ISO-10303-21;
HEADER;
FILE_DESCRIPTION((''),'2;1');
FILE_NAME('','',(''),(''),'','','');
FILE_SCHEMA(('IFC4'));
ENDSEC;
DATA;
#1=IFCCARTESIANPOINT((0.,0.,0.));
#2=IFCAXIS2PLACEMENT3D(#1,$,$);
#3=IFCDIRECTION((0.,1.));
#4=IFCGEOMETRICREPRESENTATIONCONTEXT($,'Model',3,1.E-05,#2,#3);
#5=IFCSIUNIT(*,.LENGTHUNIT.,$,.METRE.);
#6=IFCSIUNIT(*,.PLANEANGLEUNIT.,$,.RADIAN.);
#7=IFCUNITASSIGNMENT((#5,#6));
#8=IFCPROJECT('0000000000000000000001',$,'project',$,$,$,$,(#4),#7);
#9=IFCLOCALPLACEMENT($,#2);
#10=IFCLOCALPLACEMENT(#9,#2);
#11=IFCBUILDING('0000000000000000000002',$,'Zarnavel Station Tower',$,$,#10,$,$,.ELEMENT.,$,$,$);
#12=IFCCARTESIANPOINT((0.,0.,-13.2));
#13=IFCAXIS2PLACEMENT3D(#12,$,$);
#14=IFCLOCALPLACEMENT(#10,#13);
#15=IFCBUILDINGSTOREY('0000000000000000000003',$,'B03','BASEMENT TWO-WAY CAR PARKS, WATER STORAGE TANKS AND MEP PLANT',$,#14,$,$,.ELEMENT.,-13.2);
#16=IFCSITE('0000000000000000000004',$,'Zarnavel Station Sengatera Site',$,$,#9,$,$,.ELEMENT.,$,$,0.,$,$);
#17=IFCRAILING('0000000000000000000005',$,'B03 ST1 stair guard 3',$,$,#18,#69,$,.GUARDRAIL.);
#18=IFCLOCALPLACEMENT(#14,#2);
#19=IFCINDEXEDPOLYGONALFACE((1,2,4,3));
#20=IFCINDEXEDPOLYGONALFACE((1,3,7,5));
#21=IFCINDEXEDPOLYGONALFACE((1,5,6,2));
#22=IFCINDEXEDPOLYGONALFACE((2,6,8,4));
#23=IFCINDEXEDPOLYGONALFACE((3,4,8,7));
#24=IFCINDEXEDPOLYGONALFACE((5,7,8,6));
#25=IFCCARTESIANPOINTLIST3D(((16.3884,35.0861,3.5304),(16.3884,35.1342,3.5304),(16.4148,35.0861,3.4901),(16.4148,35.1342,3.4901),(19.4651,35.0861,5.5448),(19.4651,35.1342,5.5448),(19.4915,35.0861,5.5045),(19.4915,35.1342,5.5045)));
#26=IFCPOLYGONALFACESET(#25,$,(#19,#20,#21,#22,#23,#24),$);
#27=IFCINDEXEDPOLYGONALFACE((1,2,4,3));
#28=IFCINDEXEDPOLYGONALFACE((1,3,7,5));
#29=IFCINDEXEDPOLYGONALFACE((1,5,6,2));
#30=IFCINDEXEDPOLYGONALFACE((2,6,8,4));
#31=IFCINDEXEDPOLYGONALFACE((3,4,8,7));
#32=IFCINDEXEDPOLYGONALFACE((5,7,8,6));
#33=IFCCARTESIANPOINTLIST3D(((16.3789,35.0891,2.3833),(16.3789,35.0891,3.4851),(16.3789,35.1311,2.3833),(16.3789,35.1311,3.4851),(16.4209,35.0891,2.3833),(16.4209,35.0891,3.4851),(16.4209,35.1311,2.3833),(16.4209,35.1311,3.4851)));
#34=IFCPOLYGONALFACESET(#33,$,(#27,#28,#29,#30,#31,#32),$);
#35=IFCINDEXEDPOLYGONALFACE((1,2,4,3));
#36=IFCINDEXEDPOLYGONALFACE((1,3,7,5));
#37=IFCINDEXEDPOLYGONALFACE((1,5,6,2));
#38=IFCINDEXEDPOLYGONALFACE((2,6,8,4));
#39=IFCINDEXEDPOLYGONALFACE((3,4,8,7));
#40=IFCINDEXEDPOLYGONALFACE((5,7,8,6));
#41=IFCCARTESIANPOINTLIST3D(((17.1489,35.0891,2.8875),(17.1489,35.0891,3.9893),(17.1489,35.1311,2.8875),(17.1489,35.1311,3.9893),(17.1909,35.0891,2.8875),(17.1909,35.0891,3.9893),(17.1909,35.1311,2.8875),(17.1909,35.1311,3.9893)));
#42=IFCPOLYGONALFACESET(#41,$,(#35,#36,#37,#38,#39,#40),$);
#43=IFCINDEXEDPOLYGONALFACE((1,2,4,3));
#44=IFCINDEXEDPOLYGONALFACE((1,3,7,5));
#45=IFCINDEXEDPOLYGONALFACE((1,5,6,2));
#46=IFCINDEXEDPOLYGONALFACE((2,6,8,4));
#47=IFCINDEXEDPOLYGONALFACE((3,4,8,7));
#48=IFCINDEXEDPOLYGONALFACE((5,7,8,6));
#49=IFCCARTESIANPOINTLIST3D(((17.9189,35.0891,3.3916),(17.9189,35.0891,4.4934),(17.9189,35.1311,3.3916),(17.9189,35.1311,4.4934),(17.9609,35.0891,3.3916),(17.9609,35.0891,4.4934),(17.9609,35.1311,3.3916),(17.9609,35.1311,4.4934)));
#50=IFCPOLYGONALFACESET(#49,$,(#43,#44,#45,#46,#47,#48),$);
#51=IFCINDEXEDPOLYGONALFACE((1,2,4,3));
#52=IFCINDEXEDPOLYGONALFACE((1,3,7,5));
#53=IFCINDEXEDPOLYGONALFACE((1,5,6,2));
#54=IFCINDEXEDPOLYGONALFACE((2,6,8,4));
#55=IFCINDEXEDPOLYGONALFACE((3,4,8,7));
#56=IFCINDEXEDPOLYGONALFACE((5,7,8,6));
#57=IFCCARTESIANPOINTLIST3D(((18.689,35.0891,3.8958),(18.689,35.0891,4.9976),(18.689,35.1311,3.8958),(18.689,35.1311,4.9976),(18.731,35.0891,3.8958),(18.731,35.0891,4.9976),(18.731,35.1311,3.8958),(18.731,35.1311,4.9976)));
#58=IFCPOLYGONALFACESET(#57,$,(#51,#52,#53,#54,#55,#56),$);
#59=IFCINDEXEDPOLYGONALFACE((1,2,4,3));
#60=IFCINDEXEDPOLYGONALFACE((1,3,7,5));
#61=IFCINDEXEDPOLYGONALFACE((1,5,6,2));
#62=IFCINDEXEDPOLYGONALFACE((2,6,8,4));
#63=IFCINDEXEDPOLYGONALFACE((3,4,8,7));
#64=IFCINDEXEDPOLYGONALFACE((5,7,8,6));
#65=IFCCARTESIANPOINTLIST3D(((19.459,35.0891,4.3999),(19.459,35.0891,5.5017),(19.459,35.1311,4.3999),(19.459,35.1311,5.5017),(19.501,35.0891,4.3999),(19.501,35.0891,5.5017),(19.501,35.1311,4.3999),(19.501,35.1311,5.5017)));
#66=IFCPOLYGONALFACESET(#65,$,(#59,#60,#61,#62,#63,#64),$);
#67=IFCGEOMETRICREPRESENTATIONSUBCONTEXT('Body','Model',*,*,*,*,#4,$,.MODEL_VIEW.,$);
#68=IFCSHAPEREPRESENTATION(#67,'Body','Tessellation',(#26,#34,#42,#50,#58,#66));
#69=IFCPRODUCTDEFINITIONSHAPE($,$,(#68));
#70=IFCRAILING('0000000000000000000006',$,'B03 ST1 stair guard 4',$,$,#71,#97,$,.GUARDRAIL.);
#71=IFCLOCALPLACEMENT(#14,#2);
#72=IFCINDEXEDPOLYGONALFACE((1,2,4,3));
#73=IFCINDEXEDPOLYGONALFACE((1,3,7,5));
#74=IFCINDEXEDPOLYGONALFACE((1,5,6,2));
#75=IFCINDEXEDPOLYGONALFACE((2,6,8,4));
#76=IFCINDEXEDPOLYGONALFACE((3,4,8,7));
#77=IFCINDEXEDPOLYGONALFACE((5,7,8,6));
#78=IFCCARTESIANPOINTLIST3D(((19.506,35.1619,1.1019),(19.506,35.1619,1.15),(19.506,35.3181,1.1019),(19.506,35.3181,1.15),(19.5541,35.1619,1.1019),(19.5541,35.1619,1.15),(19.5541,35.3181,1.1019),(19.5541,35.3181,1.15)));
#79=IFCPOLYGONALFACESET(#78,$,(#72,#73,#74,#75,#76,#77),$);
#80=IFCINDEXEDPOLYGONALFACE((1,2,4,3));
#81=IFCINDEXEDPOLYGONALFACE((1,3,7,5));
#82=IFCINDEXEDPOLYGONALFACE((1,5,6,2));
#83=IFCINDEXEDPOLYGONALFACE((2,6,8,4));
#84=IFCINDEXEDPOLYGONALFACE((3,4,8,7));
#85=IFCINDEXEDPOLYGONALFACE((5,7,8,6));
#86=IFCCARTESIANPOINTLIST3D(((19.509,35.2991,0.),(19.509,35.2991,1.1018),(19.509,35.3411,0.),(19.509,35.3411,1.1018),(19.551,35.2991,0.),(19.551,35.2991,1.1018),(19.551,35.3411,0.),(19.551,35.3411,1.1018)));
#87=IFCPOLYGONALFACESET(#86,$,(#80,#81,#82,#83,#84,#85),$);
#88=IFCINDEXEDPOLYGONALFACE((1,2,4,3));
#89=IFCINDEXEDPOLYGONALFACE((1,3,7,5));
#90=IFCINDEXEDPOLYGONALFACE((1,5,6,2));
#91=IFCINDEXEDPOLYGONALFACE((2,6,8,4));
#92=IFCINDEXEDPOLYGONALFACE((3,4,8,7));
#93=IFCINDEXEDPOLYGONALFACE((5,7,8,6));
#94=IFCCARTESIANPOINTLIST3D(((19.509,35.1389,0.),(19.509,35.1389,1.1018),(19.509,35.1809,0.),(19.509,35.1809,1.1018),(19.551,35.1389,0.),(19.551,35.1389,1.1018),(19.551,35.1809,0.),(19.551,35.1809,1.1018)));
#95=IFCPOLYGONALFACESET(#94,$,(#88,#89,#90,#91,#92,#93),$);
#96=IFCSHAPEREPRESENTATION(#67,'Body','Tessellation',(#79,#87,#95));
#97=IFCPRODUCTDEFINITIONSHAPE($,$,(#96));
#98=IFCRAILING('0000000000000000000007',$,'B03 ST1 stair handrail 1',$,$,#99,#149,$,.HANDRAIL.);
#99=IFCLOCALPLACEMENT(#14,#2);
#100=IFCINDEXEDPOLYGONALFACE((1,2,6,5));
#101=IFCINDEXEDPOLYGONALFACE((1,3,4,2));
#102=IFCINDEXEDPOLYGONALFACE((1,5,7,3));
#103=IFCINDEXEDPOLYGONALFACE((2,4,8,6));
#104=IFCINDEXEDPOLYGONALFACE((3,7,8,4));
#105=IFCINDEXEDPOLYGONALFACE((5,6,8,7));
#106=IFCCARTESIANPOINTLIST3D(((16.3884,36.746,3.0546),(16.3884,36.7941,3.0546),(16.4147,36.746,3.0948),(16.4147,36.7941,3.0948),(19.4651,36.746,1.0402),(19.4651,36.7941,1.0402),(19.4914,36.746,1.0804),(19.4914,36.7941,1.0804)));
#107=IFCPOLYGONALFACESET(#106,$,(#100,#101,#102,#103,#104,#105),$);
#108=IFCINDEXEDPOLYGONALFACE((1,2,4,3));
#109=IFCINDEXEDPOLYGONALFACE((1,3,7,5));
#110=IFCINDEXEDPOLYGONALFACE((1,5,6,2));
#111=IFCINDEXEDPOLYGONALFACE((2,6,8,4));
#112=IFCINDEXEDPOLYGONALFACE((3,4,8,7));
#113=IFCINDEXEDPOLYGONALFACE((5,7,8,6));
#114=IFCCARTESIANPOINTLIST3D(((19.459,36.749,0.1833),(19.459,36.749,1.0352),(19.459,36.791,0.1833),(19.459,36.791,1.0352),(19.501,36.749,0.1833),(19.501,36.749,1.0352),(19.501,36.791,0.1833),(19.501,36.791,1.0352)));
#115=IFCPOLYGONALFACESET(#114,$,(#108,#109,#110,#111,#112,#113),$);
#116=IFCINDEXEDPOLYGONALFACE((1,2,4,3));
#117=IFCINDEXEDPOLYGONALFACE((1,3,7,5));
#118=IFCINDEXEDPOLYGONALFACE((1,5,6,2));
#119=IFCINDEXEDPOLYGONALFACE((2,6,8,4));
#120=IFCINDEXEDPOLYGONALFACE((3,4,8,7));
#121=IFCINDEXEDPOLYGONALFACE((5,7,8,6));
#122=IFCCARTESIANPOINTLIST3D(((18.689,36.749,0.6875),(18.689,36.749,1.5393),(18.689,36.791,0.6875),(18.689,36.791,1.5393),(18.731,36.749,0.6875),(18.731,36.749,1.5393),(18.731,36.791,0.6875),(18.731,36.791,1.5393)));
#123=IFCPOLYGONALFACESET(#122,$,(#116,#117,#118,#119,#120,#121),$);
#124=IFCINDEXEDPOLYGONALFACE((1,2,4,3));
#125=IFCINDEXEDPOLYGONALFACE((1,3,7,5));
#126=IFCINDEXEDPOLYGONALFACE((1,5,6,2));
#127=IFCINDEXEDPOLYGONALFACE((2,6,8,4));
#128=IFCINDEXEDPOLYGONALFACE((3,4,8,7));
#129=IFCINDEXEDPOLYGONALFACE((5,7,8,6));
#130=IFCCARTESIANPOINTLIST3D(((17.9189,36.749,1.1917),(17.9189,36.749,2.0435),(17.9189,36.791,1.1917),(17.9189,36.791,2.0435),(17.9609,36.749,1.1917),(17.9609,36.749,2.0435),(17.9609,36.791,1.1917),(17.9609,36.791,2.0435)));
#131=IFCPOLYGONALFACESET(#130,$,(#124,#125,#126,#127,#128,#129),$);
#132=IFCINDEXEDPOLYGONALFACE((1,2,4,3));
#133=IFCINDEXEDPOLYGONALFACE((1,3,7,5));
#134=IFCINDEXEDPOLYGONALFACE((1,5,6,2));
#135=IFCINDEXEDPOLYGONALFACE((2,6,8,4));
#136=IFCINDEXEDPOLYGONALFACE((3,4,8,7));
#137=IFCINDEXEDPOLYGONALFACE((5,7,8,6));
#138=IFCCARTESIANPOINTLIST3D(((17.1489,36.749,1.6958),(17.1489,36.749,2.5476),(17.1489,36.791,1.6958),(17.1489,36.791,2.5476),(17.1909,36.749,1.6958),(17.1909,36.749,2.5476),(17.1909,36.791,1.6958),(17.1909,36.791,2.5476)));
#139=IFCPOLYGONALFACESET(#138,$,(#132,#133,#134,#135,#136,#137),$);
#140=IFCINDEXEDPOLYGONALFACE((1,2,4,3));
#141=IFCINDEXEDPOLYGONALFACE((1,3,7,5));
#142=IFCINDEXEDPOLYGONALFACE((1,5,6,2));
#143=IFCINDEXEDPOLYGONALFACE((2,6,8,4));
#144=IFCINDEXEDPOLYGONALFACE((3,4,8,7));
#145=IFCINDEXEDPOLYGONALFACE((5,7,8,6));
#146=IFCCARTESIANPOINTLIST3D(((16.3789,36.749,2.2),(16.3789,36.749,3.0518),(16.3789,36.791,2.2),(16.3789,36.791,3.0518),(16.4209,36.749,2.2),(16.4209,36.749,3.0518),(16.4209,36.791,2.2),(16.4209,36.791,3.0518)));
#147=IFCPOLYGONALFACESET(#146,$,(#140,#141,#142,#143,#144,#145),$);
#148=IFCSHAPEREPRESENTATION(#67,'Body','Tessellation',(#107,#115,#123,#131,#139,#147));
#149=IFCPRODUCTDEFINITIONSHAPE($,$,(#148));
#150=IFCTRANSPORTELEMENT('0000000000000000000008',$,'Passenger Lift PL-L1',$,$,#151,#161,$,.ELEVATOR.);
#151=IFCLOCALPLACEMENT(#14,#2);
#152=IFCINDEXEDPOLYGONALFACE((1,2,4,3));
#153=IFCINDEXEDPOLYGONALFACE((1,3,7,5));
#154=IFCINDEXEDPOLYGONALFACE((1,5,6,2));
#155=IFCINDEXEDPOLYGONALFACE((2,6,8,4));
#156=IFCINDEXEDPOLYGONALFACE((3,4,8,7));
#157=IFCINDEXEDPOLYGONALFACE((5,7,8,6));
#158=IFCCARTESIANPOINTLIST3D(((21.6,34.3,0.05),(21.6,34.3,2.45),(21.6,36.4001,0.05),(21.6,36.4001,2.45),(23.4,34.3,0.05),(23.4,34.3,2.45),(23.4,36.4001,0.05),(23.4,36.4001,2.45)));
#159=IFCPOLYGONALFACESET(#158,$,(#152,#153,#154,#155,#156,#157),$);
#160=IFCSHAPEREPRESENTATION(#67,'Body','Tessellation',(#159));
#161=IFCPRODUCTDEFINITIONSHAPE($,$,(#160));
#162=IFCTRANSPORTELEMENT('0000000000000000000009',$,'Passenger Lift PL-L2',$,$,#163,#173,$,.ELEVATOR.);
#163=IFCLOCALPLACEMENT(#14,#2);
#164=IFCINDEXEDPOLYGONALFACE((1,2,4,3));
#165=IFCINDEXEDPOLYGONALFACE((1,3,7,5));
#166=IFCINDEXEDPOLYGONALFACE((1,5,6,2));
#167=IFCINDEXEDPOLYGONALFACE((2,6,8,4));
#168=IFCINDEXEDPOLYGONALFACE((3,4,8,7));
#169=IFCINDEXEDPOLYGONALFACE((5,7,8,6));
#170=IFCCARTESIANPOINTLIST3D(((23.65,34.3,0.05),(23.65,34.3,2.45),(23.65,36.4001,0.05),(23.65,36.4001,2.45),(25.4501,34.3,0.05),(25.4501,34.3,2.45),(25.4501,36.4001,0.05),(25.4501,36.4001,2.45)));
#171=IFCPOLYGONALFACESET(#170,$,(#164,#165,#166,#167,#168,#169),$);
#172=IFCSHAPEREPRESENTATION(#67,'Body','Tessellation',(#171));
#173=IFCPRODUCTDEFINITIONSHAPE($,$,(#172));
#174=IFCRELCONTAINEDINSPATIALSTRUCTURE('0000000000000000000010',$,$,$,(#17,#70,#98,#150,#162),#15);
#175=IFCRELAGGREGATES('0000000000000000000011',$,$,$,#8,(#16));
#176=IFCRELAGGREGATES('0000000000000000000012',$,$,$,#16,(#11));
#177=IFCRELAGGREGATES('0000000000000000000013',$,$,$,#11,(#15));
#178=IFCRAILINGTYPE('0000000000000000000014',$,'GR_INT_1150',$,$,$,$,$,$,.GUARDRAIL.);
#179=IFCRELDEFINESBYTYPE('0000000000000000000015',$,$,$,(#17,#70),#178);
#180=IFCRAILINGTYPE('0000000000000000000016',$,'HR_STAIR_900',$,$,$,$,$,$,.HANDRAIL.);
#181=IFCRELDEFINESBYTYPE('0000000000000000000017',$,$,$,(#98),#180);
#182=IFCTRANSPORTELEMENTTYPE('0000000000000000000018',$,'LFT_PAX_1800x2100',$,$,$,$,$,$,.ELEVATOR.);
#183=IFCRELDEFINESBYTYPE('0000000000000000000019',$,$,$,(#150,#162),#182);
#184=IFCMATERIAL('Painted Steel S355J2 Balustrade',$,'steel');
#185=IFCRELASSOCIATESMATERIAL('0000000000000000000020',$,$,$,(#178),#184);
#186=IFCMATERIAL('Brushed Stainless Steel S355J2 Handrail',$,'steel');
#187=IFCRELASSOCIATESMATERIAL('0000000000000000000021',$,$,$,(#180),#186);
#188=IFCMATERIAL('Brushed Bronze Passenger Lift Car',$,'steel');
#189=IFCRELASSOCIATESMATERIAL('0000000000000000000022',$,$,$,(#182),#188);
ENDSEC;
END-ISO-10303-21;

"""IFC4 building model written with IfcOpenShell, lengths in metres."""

from ifc_helpers import new_model, si_unit, direction, frame, origin, origin_2d, place, context, subcontext, project, spatial, rectangle, extrude, material, type_object, element, save


model = new_model("IFC4")

# Units and contexts
model_context = context("Model", 3, precision=1e-05, world=origin(), true_north=direction((0.0, 1.0)))
body_context = subcontext(model_context, "Body", "Model", "MODEL_VIEW")
ifc_project = project(units=[si_unit("LENGTHUNIT", "METRE"), si_unit("PLANEANGLEUNIT", "RADIAN")], contexts=[model_context])

# Site, building, storey
site_placement = place(None, origin())
site = spatial("IfcSite", under=ifc_project, at=site_placement, Name="Zarnavel Station Sengatera Site", CompositionType="ELEMENT", RefElevation=0.0)
building_placement = place(site_placement, origin())
building = spatial("IfcBuilding", under=site, at=building_placement, Name="Zarnavel Station Tower", CompositionType="ELEMENT")
storey_placement = place(building_placement, frame((0.0, 0.0, -13.2)))
storey = spatial("IfcBuildingStorey", under=building, at=storey_placement, Name="B03", Description="BASEMENT TWO-WAY CAR PARKS, WATER STORAGE TANKS AND MEP PLANT", CompositionType="ELEMENT", Elevation=-13.2)

# Railings
ifc_material_1 = material(Name="Painted Steel S355J2 Balustrade", Category="steel")
railing_type_1 = type_object("IfcRailingType", Name="GR_INT_1150", PredefinedType="GUARDRAIL", material=ifc_material_1)
railing_1_placement = place(storey_placement, frame((16.3999, 35.1101, 2.3833)))
element("IfcRailing", 1, at=railing_1_placement, inside=storey, type_object=railing_type_1, Name="B03 ST1 stair guard 3", PredefinedType="GUARDRAIL", context=body_context, shape_type="SweptSolid", body=[
    extrude(rectangle(XDim=0.0481, YDim=0.0481, at=origin_2d()), frame((0.0017, 0.0, 1.127), z_axis=(0.836633, 0.0, 0.547764), x_axis=(0.0, 1.0, 0.0)), (0.0, 0.0, 1.0), 3.6775),
    extrude(rectangle(XDim=0.042, YDim=0.042, at=origin_2d()), origin(), (0.0, 0.0, 1.0), 1.1018),
    extrude(rectangle(XDim=0.042, YDim=0.042, at=origin_2d()), frame((0.77, 0.0, 0.5042)), (0.0, 0.0, 1.0), 1.1018),
    extrude(rectangle(XDim=0.042, YDim=0.042, at=origin_2d()), frame((1.54, 0.0, 1.0083)), (0.0, 0.0, 1.0), 1.1018),
    extrude(rectangle(XDim=0.042, YDim=0.042, at=origin_2d()), frame((2.3101, 0.0, 1.5125)), (0.0, 0.0, 1.0), 1.1018),
    extrude(rectangle(XDim=0.042, YDim=0.042, at=origin_2d()), frame((3.0801, 0.0, 2.0166)), (0.0, 0.0, 1.0), 1.1018),
])
railing_2_placement = place(storey_placement, frame((19.53, 35.3201, 0.0)))
element("IfcRailing", 2, at=railing_2_placement, inside=storey, type_object=railing_type_1, Name="B03 ST1 stair guard 4", PredefinedType="GUARDRAIL", context=body_context, shape_type="SweptSolid", body=[
    extrude(rectangle(XDim=0.0481, YDim=0.0481, at=origin_2d()), frame((0.0, -0.002, 1.126), z_axis=(0.0, -1.0, 0.0), x_axis=(1.0, 0.0, 0.0)), (0.0, 0.0, 1.0), 0.1562),
    extrude(rectangle(XDim=0.042, YDim=0.042, at=origin_2d()), origin(), (0.0, 0.0, 1.0), 1.1018),
    extrude(rectangle(XDim=0.042, YDim=0.042, at=origin_2d()), frame((0.0, -0.1602, 0.0)), (0.0, 0.0, 1.0), 1.1018),
])
ifc_material_2 = material(Name="Brushed Stainless Steel S355J2 Handrail", Category="steel")
railing_type_2 = type_object("IfcRailingType", Name="HR_STAIR_900", PredefinedType="HANDRAIL", material=ifc_material_2)
railing_3_placement = place(storey_placement, frame((19.48, 36.77, 0.1833)))
element("IfcRailing", 3, at=railing_3_placement, inside=storey, type_object=railing_type_2, Name="B03 ST1 stair handrail 1", PredefinedType="HANDRAIL", context=body_context, shape_type="SweptSolid", body=[
    extrude(rectangle(XDim=0.0481, YDim=0.0481, at=origin_2d()), frame((-0.0017, 0.0, 0.877), z_axis=(-0.836633, 0.0, 0.547764), x_axis=(0.0, -1.0, 0.0)), (0.0, 0.0, 1.0), 3.6775),
    extrude(rectangle(XDim=0.042, YDim=0.042, at=origin_2d()), origin(), (0.0, 0.0, 1.0), 0.8518),
    extrude(rectangle(XDim=0.042, YDim=0.042, at=origin_2d()), frame((-0.77, 0.0, 0.5042)), (0.0, 0.0, 1.0), 0.8518),
    extrude(rectangle(XDim=0.042, YDim=0.042, at=origin_2d()), frame((-1.54, 0.0, 1.0083)), (0.0, 0.0, 1.0), 0.8518),
    extrude(rectangle(XDim=0.042, YDim=0.042, at=origin_2d()), frame((-2.3101, 0.0, 1.5125)), (0.0, 0.0, 1.0), 0.8518),
    extrude(rectangle(XDim=0.042, YDim=0.042, at=origin_2d()), frame((-3.0801, 0.0, 2.0166)), (0.0, 0.0, 1.0), 0.8518),
])

# Transport elements
ifc_material_3 = material(Name="Brushed Bronze Passenger Lift Car", Category="steel")
transport_element_type = type_object("IfcTransportElementType", Name="LFT_PAX_1800x2100", PredefinedType="ELEVATOR", material=ifc_material_3)
for number, where, z_axis, x_axis, name in (
    (4, (22.5, 35.3501, 0.05), (0.0, 0.0, 1.0), (1.0, 0.0, 0.0), "Passenger Lift PL-L1"),
    (5, (24.55, 35.3501, 0.05), (0.0, 0.0, 1.0), (1.0, 0.0, 0.0), "Passenger Lift PL-L2"),
):
    element("IfcTransportElement", number, at=place(storey_placement, frame(where, z_axis=z_axis, x_axis=x_axis)), inside=storey, type_object=transport_element_type, Name=name, PredefinedType="ELEVATOR", context=body_context, shape_type="SweptSolid", body=[
        extrude(rectangle(XDim=1.8, YDim=2.1001, at=origin_2d()), origin(), (0.0, 0.0, 1.0), 2.3999),
    ])

save(model, "model.ifc")
